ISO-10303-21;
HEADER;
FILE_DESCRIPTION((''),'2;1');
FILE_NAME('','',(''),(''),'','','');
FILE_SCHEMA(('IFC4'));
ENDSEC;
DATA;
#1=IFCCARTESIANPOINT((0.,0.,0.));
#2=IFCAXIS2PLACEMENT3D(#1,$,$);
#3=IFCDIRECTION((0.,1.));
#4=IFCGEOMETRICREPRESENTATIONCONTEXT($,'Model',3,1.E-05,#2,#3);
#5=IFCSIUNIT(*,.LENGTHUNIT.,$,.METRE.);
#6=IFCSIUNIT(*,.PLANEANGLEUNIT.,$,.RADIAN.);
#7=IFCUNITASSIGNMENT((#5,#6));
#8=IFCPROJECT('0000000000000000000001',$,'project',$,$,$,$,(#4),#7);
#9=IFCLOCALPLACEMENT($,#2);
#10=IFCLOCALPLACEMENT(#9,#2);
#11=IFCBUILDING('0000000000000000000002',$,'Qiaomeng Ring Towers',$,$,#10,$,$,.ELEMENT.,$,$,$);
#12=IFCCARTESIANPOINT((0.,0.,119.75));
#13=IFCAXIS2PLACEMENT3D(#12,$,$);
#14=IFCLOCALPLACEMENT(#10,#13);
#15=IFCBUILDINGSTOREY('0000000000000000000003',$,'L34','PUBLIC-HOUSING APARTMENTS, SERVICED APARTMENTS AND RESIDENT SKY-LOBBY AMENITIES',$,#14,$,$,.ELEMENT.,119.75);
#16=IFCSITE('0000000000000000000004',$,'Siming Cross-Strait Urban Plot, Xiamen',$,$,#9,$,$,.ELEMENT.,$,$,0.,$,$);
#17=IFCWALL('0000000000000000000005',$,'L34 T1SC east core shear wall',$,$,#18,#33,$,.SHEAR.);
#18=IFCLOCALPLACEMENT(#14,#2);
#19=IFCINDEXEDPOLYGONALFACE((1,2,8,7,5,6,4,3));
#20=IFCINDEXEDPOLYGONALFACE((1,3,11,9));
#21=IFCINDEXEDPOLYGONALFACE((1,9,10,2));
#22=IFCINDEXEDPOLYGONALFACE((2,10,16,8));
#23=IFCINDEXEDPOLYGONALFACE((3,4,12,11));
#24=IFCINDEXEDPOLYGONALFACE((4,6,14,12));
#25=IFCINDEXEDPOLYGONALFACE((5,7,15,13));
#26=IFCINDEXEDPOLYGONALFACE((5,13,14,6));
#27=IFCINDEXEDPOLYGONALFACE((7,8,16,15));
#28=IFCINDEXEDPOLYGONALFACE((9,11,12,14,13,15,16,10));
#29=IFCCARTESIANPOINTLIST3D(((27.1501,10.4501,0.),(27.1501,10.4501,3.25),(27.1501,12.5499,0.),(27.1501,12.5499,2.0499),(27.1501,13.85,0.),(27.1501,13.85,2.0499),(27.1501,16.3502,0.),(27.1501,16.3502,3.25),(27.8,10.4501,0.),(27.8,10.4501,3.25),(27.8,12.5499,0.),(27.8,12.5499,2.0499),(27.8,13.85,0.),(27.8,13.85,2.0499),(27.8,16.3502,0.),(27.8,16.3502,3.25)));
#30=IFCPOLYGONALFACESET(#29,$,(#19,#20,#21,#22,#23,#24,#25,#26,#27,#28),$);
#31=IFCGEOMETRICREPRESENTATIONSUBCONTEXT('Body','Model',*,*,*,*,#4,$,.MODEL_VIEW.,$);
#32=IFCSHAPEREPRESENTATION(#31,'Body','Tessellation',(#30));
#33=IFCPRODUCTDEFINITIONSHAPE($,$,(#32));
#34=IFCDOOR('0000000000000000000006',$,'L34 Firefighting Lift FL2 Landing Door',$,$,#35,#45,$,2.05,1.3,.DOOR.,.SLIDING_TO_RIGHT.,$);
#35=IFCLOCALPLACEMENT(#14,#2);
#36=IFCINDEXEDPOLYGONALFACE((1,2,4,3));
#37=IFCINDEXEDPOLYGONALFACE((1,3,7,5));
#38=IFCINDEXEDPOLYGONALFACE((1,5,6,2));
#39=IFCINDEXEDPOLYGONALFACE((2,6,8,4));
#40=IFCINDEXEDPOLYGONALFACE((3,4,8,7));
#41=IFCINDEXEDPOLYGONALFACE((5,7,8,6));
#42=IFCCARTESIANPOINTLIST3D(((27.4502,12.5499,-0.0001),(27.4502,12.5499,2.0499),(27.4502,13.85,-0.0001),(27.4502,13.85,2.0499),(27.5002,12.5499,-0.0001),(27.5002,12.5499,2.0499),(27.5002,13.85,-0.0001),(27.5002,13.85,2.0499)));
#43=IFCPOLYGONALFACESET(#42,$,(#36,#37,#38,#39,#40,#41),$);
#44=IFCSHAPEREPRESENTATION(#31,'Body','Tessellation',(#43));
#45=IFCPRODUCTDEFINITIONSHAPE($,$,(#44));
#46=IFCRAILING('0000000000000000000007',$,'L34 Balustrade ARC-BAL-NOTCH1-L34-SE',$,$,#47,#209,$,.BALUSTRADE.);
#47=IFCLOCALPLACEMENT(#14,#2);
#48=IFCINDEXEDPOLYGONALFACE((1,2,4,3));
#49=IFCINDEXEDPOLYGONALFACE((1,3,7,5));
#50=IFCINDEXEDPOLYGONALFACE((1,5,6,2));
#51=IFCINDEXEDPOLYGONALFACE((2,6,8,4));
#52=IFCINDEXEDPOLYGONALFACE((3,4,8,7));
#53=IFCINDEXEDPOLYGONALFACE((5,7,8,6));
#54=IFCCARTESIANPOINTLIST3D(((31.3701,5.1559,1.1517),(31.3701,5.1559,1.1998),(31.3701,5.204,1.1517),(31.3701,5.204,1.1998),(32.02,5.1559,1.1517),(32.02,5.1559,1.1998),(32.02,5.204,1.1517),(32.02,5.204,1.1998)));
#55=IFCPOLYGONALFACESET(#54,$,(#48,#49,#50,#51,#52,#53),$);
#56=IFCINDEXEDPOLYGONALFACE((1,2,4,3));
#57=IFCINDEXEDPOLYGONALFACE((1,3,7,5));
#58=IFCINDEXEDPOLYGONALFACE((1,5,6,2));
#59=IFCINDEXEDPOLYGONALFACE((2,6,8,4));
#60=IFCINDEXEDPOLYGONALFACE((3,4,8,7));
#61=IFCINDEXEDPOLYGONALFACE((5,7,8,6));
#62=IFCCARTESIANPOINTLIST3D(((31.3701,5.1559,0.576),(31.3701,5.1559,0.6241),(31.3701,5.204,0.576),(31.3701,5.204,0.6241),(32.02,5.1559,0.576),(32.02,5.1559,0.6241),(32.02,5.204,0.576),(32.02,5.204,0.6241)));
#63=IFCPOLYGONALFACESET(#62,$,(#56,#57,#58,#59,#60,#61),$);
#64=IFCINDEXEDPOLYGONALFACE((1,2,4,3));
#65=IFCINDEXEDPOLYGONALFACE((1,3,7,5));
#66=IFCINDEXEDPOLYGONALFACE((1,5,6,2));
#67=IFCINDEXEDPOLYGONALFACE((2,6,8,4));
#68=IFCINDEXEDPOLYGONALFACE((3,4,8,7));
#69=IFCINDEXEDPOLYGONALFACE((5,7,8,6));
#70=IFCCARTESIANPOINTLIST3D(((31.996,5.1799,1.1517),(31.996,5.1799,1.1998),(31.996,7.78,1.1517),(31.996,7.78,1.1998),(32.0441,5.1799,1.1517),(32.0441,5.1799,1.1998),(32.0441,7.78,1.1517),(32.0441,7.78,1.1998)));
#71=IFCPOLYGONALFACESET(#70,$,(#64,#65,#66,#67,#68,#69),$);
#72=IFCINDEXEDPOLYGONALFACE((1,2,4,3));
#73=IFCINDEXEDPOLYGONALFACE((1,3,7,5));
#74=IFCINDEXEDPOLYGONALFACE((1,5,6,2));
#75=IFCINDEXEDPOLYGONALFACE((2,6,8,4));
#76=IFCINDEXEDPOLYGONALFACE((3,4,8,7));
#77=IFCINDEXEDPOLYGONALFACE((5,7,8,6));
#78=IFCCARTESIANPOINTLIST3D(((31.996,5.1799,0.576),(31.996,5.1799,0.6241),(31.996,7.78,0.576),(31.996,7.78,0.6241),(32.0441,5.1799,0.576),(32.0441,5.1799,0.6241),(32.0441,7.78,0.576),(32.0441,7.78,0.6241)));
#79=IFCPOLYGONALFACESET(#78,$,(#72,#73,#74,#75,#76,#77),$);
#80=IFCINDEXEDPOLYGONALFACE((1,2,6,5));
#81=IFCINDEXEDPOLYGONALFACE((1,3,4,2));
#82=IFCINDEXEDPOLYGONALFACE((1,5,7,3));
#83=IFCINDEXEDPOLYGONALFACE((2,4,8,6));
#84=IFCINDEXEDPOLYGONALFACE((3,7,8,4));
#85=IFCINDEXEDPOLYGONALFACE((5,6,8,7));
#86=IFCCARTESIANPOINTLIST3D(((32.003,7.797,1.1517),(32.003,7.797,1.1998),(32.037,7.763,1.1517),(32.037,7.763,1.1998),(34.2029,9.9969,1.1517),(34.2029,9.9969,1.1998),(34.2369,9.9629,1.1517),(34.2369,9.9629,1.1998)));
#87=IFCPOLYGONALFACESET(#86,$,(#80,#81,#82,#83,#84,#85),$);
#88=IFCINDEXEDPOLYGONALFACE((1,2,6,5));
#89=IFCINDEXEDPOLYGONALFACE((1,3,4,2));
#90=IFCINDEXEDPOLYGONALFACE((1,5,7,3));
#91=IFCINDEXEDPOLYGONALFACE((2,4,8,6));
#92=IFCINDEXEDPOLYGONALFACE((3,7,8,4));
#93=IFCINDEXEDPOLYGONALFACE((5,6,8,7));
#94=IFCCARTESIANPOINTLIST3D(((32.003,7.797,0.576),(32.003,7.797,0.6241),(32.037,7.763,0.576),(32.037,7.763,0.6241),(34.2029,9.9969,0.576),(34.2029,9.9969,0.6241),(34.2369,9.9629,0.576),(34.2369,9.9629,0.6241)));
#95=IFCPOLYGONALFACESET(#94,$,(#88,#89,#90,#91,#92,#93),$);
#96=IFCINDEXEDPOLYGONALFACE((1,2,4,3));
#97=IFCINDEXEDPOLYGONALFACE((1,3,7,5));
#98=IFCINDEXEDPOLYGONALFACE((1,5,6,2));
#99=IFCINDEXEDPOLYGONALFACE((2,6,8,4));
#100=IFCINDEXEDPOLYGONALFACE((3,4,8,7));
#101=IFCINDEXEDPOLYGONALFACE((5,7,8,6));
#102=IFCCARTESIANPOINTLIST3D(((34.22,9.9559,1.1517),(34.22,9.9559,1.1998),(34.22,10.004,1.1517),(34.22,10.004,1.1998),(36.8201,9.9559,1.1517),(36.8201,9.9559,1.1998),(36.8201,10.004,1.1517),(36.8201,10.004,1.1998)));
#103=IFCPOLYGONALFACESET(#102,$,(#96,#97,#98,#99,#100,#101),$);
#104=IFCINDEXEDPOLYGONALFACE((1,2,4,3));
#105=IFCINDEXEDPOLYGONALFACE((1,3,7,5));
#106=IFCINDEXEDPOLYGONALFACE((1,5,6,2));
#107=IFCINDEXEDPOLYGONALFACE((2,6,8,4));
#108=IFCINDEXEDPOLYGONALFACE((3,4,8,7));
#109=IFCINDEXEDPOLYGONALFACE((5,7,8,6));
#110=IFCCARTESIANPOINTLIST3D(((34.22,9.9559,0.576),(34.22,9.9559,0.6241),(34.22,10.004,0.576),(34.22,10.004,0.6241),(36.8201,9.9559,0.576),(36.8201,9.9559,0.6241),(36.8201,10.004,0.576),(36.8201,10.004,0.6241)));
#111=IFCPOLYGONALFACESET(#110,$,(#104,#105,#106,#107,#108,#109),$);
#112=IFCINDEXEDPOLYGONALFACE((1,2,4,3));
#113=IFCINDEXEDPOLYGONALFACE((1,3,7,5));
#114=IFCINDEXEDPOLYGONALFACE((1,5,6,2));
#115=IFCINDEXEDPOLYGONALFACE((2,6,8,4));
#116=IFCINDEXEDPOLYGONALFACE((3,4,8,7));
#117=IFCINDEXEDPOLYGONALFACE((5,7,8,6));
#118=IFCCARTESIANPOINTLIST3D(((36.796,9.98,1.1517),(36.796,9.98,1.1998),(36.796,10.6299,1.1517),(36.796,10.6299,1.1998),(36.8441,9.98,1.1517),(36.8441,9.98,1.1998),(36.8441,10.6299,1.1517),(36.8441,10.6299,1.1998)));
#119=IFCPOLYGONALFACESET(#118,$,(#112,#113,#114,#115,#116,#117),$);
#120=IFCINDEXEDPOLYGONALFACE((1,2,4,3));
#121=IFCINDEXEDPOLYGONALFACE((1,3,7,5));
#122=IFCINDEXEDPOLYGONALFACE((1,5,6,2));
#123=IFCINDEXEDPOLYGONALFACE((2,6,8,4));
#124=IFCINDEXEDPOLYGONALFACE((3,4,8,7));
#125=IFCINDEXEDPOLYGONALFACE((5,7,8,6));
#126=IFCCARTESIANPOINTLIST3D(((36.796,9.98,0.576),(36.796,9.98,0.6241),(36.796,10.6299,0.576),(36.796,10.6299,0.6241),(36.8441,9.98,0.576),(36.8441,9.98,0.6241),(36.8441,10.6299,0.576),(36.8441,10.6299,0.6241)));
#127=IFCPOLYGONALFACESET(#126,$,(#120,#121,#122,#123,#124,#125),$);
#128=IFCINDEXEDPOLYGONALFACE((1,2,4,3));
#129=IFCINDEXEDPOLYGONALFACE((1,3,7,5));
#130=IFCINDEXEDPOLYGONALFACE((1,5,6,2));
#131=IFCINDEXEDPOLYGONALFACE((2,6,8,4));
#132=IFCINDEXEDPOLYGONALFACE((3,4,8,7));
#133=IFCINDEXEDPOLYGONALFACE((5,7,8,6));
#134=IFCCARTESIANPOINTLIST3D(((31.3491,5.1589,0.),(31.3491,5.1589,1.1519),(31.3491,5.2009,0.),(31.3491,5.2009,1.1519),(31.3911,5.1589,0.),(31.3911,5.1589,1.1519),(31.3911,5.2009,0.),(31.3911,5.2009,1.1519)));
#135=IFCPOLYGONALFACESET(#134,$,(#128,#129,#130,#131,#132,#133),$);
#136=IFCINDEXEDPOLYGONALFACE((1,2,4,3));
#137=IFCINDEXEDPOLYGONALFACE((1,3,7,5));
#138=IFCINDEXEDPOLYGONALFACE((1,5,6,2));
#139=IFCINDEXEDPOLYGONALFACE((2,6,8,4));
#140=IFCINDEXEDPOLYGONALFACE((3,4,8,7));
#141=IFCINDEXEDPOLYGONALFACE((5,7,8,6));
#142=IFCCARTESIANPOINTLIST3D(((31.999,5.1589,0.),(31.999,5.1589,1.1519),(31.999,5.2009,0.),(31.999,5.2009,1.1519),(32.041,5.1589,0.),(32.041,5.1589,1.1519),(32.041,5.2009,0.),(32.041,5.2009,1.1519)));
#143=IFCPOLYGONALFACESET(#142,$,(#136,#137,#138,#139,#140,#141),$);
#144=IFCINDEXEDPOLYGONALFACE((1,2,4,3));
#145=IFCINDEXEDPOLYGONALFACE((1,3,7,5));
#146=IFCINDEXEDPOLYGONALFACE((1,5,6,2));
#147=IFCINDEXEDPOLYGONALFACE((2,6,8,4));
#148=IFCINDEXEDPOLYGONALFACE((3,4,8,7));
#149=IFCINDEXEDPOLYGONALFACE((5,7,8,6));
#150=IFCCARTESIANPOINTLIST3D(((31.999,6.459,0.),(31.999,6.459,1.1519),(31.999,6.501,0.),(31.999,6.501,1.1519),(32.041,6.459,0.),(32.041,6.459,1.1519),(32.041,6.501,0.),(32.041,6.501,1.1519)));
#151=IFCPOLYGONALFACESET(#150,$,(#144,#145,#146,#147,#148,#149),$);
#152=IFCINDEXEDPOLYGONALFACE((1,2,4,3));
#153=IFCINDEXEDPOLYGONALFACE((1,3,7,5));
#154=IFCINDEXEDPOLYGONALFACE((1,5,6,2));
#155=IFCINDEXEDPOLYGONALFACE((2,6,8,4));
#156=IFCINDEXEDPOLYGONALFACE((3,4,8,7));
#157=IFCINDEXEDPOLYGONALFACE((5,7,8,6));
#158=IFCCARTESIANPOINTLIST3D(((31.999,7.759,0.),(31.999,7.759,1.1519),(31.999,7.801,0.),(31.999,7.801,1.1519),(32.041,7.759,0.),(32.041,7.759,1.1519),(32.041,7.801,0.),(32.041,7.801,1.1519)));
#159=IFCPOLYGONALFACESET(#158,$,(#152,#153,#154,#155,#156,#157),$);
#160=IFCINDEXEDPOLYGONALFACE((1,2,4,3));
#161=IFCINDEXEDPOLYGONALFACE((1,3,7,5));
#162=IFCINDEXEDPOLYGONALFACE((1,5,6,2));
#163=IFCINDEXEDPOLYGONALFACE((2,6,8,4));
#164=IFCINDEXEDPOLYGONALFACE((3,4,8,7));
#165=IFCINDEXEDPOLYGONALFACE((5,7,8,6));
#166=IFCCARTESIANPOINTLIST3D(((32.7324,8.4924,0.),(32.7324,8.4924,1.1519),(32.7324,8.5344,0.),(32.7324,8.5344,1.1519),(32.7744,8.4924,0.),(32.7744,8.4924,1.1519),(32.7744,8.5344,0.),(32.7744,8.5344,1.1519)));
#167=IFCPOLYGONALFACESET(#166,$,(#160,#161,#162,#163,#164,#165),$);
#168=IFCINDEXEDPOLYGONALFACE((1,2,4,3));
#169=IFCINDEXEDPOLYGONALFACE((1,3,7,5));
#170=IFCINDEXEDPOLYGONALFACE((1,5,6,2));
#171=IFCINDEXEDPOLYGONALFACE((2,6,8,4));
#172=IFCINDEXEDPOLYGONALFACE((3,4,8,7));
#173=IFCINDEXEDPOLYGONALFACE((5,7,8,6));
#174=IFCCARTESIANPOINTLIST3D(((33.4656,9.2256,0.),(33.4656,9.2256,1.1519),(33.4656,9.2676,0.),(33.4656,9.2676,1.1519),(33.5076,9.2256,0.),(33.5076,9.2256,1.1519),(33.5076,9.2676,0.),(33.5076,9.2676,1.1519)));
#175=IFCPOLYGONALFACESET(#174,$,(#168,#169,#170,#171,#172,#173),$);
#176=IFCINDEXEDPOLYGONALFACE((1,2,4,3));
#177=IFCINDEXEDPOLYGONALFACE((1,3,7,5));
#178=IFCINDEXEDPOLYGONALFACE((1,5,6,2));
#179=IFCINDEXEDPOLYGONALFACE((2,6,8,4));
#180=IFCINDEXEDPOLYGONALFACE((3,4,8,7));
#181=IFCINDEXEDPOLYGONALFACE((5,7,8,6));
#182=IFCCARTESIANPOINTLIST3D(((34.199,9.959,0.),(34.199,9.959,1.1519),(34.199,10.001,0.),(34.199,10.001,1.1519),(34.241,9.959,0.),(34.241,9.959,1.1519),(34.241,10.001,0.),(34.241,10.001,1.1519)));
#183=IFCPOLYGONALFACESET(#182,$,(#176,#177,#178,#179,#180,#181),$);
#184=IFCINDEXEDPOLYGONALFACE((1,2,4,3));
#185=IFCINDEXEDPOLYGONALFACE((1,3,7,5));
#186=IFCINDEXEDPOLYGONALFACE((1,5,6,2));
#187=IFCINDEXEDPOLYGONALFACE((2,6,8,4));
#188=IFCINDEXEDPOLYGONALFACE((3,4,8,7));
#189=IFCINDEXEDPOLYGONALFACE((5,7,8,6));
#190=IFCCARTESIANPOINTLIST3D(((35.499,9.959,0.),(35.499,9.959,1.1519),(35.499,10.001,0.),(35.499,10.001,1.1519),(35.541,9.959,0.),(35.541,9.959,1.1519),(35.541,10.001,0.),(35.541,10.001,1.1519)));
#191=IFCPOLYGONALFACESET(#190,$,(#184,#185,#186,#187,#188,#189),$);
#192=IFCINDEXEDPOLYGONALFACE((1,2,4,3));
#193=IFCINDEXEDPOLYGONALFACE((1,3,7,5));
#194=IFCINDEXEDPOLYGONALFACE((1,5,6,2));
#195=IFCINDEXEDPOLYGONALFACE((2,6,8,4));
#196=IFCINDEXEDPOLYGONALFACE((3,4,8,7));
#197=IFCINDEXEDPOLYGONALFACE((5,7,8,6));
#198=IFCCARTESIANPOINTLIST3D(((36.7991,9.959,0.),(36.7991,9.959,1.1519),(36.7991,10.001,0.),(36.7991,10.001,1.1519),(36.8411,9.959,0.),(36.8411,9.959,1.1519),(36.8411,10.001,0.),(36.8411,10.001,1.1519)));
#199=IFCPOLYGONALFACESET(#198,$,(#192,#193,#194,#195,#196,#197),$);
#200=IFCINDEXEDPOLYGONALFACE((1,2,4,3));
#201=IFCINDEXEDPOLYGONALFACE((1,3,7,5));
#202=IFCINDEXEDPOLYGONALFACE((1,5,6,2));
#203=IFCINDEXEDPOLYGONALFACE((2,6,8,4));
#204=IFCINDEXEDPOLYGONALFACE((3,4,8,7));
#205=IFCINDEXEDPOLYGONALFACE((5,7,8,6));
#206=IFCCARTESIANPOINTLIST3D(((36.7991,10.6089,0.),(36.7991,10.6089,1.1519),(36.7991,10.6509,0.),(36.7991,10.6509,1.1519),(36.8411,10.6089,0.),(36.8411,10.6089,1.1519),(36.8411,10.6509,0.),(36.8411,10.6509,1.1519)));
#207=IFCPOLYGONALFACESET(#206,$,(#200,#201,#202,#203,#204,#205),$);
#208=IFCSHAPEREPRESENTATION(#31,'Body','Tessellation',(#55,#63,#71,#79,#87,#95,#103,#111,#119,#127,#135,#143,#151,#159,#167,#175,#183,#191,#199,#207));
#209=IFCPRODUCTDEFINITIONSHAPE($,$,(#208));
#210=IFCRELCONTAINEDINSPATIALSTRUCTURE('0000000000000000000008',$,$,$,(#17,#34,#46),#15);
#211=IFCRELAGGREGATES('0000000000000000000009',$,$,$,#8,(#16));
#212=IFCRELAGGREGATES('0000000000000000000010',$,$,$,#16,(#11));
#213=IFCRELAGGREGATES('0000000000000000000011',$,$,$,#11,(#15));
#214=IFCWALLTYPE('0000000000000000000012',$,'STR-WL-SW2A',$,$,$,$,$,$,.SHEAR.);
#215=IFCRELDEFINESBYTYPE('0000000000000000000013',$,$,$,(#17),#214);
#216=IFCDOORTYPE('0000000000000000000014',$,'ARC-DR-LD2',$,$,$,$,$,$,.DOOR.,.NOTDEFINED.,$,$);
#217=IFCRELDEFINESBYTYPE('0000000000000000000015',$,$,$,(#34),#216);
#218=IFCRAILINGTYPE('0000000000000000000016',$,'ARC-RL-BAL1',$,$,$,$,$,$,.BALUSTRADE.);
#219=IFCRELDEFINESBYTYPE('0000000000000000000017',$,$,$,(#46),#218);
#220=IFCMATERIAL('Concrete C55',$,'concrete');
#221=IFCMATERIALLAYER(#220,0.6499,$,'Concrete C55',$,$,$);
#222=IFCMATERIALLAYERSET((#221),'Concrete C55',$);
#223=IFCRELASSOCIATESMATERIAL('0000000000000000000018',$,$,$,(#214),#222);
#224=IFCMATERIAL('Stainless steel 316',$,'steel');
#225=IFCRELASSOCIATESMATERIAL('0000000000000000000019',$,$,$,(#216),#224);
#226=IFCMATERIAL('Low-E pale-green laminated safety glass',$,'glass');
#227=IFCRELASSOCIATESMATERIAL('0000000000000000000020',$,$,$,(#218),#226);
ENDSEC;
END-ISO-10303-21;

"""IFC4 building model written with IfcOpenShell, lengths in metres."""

from ifc_helpers import new_model, si_unit, direction, frame, frame_2d, origin, origin_2d, place, context, subcontext, project, spatial, rectangle, extrude, source, transform, mapped, material, layer, layer_set, type_object, element, fill, save


model = new_model("IFC4")

# Units and contexts
model_context = context("Model", 3, precision=1e-05, world=origin(), true_north=direction((0.0, 1.0)))
body_context = subcontext(model_context, "Body", "Model", "MODEL_VIEW")
ifc_project = project(units=[si_unit("LENGTHUNIT", "METRE"), si_unit("PLANEANGLEUNIT", "RADIAN")], contexts=[model_context])

# Site, building, storey
site_placement = place(None, origin())
site = spatial("IfcSite", under=ifc_project, at=site_placement, Name="Siming Cross-Strait Urban Plot, Xiamen", CompositionType="ELEMENT", RefElevation=0.0)
building_placement = place(site_placement, origin())
building = spatial("IfcBuilding", under=site, at=building_placement, Name="Qiaomeng Ring Towers", CompositionType="ELEMENT")
storey_placement = place(building_placement, frame((0.0, 0.0, 119.75)))
storey = spatial("IfcBuildingStorey", under=building, at=storey_placement, Name="L34", Description="PUBLIC-HOUSING APARTMENTS, SERVICED APARTMENTS AND RESIDENT SKY-LOBBY AMENITIES", CompositionType="ELEMENT", Elevation=119.75)

# Shared definitions
ifc_material_1 = material(Name="Concrete C55", Category="concrete")

# Wall, opening, door
ifc_layer_1 = layer(ifc_material_1, 0.6499, Name="Concrete C55")
ifc_layer_set_1 = layer_set([ifc_layer_1], Name="Concrete C55")
wall_type_1 = type_object("IfcWallType", Name="STR-WL-SW2A", PredefinedType="SHEAR", material=ifc_layer_set_1)
wall_1_placement = place(storey_placement, frame((27.4751, 10.45, 0.0), z_axis=(0.0, 0.0, 1.0), x_axis=(0.0, 1.0, 0.0)))
wall_1 = element("IfcWall", 1, at=wall_1_placement, inside=storey, type_object=wall_type_1, Name="L34 T1SC east core shear wall", PredefinedType="SHEAR", context=body_context, shape_type="SweptSolid", body=[
    extrude(rectangle(XDim=5.9001, YDim=0.6499, at=frame_2d((2.9502, 0.0))), origin(), (0.0, 0.0, 1.0), 3.25),
])
opening_1_placement = place(wall_1_placement, frame((2.1001, 0.0, 0.0)))
opening_1 = element("IfcOpeningElement", 2, at=opening_1_placement, cuts=wall_1, PredefinedType="OPENING", context=body_context, shape_type="SweptSolid", body=[
    extrude(rectangle(XDim=1.3, YDim=2.05, at=frame_2d((0.6499, 1.0249))), frame((0.0, 0.335, 0.0), z_axis=(0.0, -1.0, 0.0), x_axis=(1.0, 0.0, 0.0)), (0.0, 0.0, 1.0), 0.6699),
])
ifc_material_2 = material(Name="Stainless steel 316", Category="steel")
door_type_1 = type_object("IfcDoorType", Name="ARC-DR-LD2", OperationType="NOTDEFINED", PredefinedType="DOOR", material=ifc_material_2)
shared_shape_1 = source(origin(), body_context, "Body", "SweptSolid", [
    extrude(rectangle(XDim=1.3, YDim=2.05, at=frame_2d((0.6499, 1.0249))), frame((0.0, 0.0249, 0.0), z_axis=(0.0, -1.0, 0.0), x_axis=(1.0, 0.0, 0.0)), (0.0, 0.0, 1.0), 0.05),
])
door_1_placement = place(opening_1_placement, origin())
door_1 = element("IfcDoor", 3, at=door_1_placement, inside=storey, type_object=door_type_1, Name="L34 Firefighting Lift FL2 Landing Door", OperationType="SLIDING_TO_RIGHT", OverallHeight=2.05, OverallWidth=1.3, PredefinedType="DOOR", context=body_context, shape_type="MappedRepresentation", body=[
    mapped(shared_shape_1, transform((0.0, 0.0, 0.0), x_axis=(1.0, 0.0, 0.0), y_axis=(0.0, 1.0, 0.0), z_axis=(0.0, 0.0, 1.0), scale=1.0)),
])
fill(opening_1, door_1)

# Railing
ifc_material_3 = material(Name="Low-E pale-green laminated safety glass", Category="glass")
railing_type = type_object("IfcRailingType", Name="ARC-RL-BAL1", PredefinedType="BALUSTRADE", material=ifc_material_3)
railing_placement = place(storey_placement, frame((31.3701, 5.1799, 0.0)))
element("IfcRailing", 4, at=railing_placement, inside=storey, type_object=railing_type, Name="L34 Balustrade ARC-BAL-NOTCH1-L34-SE", PredefinedType="BALUSTRADE", context=body_context, shape_type="SweptSolid", body=[
    extrude(rectangle(XDim=0.0481, YDim=0.0481, at=origin_2d()), frame((0.0, 0.0, 1.1758), z_axis=(1.0, 0.0, 0.0), x_axis=(0.0, 1.0, 0.0)), (0.0, 0.0, 1.0), 0.6499),
    extrude(rectangle(XDim=0.0481, YDim=0.0481, at=origin_2d()), frame((0.0, 0.0, 0.6001), z_axis=(1.0, 0.0, 0.0), x_axis=(0.0, 1.0, 0.0)), (0.0, 0.0, 1.0), 0.6499),
    extrude(rectangle(XDim=0.0481, YDim=0.0481, at=origin_2d()), frame((0.6499, 0.0, 1.1758), z_axis=(0.0, 1.0, 0.0), x_axis=(-1.0, 0.0, 0.0)), (0.0, 0.0, 1.0), 2.6001),
    extrude(rectangle(XDim=0.0481, YDim=0.0481, at=origin_2d()), frame((0.6499, 0.0, 0.6001), z_axis=(0.0, 1.0, 0.0), x_axis=(-1.0, 0.0, 0.0)), (0.0, 0.0, 1.0), 2.6001),
    extrude(rectangle(XDim=0.0481, YDim=0.0481, at=origin_2d()), frame((0.6499, 2.6001, 1.1758), z_axis=(0.707107, 0.707107, 0.0), x_axis=(-0.707107, 0.707107, 0.0)), (0.0, 0.0, 1.0), 3.1111),
    extrude(rectangle(XDim=0.0481, YDim=0.0481, at=origin_2d()), frame((0.6499, 2.6001, 0.6001), z_axis=(0.707107, 0.707107, 0.0), x_axis=(-0.707107, 0.707107, 0.0)), (0.0, 0.0, 1.0), 3.1111),
    extrude(rectangle(XDim=0.0481, YDim=0.0481, at=origin_2d()), frame((2.8499, 4.8, 1.1758), z_axis=(1.0, 0.0, 0.0), x_axis=(0.0, 1.0, 0.0)), (0.0, 0.0, 1.0), 2.6001),
    extrude(rectangle(XDim=0.0481, YDim=0.0481, at=origin_2d()), frame((2.8499, 4.8, 0.6001), z_axis=(1.0, 0.0, 0.0), x_axis=(0.0, 1.0, 0.0)), (0.0, 0.0, 1.0), 2.6001),
    extrude(rectangle(XDim=0.0481, YDim=0.0481, at=origin_2d()), frame((5.45, 4.8, 1.1758), z_axis=(0.0, 1.0, 0.0), x_axis=(-1.0, 0.0, 0.0)), (0.0, 0.0, 1.0), 0.6499),
    extrude(rectangle(XDim=0.0481, YDim=0.0481, at=origin_2d()), frame((5.45, 4.8, 0.6001), z_axis=(0.0, 1.0, 0.0), x_axis=(-1.0, 0.0, 0.0)), (0.0, 0.0, 1.0), 0.6499),
    extrude(rectangle(XDim=0.042, YDim=0.042, at=origin_2d()), origin(), (0.0, 0.0, 1.0), 1.1519),
    extrude(rectangle(XDim=0.042, YDim=0.042, at=origin_2d()), frame((0.6499, 0.0, 0.0)), (0.0, 0.0, 1.0), 1.1519),
    extrude(rectangle(XDim=0.042, YDim=0.042, at=origin_2d()), frame((0.6499, 1.3, 0.0)), (0.0, 0.0, 1.0), 1.1519),
    extrude(rectangle(XDim=0.042, YDim=0.042, at=origin_2d()), frame((0.6499, 2.6001, 0.0)), (0.0, 0.0, 1.0), 1.1519),
    extrude(rectangle(XDim=0.042, YDim=0.042, at=origin_2d()), frame((1.3833, 3.3335, 0.0)), (0.0, 0.0, 1.0), 1.1519),
    extrude(rectangle(XDim=0.042, YDim=0.042, at=origin_2d()), frame((2.1165, 4.0667, 0.0)), (0.0, 0.0, 1.0), 1.1519),
    extrude(rectangle(XDim=0.042, YDim=0.042, at=origin_2d()), frame((2.8499, 4.8, 0.0)), (0.0, 0.0, 1.0), 1.1519),
    extrude(rectangle(XDim=0.042, YDim=0.042, at=origin_2d()), frame((4.1499, 4.8, 0.0)), (0.0, 0.0, 1.0), 1.1519),
    extrude(rectangle(XDim=0.042, YDim=0.042, at=origin_2d()), frame((5.45, 4.8, 0.0)), (0.0, 0.0, 1.0), 1.1519),
    extrude(rectangle(XDim=0.042, YDim=0.042, at=origin_2d()), frame((5.45, 5.45, 0.0)), (0.0, 0.0, 1.0), 1.1519),
])

save(model, "model.ifc")
